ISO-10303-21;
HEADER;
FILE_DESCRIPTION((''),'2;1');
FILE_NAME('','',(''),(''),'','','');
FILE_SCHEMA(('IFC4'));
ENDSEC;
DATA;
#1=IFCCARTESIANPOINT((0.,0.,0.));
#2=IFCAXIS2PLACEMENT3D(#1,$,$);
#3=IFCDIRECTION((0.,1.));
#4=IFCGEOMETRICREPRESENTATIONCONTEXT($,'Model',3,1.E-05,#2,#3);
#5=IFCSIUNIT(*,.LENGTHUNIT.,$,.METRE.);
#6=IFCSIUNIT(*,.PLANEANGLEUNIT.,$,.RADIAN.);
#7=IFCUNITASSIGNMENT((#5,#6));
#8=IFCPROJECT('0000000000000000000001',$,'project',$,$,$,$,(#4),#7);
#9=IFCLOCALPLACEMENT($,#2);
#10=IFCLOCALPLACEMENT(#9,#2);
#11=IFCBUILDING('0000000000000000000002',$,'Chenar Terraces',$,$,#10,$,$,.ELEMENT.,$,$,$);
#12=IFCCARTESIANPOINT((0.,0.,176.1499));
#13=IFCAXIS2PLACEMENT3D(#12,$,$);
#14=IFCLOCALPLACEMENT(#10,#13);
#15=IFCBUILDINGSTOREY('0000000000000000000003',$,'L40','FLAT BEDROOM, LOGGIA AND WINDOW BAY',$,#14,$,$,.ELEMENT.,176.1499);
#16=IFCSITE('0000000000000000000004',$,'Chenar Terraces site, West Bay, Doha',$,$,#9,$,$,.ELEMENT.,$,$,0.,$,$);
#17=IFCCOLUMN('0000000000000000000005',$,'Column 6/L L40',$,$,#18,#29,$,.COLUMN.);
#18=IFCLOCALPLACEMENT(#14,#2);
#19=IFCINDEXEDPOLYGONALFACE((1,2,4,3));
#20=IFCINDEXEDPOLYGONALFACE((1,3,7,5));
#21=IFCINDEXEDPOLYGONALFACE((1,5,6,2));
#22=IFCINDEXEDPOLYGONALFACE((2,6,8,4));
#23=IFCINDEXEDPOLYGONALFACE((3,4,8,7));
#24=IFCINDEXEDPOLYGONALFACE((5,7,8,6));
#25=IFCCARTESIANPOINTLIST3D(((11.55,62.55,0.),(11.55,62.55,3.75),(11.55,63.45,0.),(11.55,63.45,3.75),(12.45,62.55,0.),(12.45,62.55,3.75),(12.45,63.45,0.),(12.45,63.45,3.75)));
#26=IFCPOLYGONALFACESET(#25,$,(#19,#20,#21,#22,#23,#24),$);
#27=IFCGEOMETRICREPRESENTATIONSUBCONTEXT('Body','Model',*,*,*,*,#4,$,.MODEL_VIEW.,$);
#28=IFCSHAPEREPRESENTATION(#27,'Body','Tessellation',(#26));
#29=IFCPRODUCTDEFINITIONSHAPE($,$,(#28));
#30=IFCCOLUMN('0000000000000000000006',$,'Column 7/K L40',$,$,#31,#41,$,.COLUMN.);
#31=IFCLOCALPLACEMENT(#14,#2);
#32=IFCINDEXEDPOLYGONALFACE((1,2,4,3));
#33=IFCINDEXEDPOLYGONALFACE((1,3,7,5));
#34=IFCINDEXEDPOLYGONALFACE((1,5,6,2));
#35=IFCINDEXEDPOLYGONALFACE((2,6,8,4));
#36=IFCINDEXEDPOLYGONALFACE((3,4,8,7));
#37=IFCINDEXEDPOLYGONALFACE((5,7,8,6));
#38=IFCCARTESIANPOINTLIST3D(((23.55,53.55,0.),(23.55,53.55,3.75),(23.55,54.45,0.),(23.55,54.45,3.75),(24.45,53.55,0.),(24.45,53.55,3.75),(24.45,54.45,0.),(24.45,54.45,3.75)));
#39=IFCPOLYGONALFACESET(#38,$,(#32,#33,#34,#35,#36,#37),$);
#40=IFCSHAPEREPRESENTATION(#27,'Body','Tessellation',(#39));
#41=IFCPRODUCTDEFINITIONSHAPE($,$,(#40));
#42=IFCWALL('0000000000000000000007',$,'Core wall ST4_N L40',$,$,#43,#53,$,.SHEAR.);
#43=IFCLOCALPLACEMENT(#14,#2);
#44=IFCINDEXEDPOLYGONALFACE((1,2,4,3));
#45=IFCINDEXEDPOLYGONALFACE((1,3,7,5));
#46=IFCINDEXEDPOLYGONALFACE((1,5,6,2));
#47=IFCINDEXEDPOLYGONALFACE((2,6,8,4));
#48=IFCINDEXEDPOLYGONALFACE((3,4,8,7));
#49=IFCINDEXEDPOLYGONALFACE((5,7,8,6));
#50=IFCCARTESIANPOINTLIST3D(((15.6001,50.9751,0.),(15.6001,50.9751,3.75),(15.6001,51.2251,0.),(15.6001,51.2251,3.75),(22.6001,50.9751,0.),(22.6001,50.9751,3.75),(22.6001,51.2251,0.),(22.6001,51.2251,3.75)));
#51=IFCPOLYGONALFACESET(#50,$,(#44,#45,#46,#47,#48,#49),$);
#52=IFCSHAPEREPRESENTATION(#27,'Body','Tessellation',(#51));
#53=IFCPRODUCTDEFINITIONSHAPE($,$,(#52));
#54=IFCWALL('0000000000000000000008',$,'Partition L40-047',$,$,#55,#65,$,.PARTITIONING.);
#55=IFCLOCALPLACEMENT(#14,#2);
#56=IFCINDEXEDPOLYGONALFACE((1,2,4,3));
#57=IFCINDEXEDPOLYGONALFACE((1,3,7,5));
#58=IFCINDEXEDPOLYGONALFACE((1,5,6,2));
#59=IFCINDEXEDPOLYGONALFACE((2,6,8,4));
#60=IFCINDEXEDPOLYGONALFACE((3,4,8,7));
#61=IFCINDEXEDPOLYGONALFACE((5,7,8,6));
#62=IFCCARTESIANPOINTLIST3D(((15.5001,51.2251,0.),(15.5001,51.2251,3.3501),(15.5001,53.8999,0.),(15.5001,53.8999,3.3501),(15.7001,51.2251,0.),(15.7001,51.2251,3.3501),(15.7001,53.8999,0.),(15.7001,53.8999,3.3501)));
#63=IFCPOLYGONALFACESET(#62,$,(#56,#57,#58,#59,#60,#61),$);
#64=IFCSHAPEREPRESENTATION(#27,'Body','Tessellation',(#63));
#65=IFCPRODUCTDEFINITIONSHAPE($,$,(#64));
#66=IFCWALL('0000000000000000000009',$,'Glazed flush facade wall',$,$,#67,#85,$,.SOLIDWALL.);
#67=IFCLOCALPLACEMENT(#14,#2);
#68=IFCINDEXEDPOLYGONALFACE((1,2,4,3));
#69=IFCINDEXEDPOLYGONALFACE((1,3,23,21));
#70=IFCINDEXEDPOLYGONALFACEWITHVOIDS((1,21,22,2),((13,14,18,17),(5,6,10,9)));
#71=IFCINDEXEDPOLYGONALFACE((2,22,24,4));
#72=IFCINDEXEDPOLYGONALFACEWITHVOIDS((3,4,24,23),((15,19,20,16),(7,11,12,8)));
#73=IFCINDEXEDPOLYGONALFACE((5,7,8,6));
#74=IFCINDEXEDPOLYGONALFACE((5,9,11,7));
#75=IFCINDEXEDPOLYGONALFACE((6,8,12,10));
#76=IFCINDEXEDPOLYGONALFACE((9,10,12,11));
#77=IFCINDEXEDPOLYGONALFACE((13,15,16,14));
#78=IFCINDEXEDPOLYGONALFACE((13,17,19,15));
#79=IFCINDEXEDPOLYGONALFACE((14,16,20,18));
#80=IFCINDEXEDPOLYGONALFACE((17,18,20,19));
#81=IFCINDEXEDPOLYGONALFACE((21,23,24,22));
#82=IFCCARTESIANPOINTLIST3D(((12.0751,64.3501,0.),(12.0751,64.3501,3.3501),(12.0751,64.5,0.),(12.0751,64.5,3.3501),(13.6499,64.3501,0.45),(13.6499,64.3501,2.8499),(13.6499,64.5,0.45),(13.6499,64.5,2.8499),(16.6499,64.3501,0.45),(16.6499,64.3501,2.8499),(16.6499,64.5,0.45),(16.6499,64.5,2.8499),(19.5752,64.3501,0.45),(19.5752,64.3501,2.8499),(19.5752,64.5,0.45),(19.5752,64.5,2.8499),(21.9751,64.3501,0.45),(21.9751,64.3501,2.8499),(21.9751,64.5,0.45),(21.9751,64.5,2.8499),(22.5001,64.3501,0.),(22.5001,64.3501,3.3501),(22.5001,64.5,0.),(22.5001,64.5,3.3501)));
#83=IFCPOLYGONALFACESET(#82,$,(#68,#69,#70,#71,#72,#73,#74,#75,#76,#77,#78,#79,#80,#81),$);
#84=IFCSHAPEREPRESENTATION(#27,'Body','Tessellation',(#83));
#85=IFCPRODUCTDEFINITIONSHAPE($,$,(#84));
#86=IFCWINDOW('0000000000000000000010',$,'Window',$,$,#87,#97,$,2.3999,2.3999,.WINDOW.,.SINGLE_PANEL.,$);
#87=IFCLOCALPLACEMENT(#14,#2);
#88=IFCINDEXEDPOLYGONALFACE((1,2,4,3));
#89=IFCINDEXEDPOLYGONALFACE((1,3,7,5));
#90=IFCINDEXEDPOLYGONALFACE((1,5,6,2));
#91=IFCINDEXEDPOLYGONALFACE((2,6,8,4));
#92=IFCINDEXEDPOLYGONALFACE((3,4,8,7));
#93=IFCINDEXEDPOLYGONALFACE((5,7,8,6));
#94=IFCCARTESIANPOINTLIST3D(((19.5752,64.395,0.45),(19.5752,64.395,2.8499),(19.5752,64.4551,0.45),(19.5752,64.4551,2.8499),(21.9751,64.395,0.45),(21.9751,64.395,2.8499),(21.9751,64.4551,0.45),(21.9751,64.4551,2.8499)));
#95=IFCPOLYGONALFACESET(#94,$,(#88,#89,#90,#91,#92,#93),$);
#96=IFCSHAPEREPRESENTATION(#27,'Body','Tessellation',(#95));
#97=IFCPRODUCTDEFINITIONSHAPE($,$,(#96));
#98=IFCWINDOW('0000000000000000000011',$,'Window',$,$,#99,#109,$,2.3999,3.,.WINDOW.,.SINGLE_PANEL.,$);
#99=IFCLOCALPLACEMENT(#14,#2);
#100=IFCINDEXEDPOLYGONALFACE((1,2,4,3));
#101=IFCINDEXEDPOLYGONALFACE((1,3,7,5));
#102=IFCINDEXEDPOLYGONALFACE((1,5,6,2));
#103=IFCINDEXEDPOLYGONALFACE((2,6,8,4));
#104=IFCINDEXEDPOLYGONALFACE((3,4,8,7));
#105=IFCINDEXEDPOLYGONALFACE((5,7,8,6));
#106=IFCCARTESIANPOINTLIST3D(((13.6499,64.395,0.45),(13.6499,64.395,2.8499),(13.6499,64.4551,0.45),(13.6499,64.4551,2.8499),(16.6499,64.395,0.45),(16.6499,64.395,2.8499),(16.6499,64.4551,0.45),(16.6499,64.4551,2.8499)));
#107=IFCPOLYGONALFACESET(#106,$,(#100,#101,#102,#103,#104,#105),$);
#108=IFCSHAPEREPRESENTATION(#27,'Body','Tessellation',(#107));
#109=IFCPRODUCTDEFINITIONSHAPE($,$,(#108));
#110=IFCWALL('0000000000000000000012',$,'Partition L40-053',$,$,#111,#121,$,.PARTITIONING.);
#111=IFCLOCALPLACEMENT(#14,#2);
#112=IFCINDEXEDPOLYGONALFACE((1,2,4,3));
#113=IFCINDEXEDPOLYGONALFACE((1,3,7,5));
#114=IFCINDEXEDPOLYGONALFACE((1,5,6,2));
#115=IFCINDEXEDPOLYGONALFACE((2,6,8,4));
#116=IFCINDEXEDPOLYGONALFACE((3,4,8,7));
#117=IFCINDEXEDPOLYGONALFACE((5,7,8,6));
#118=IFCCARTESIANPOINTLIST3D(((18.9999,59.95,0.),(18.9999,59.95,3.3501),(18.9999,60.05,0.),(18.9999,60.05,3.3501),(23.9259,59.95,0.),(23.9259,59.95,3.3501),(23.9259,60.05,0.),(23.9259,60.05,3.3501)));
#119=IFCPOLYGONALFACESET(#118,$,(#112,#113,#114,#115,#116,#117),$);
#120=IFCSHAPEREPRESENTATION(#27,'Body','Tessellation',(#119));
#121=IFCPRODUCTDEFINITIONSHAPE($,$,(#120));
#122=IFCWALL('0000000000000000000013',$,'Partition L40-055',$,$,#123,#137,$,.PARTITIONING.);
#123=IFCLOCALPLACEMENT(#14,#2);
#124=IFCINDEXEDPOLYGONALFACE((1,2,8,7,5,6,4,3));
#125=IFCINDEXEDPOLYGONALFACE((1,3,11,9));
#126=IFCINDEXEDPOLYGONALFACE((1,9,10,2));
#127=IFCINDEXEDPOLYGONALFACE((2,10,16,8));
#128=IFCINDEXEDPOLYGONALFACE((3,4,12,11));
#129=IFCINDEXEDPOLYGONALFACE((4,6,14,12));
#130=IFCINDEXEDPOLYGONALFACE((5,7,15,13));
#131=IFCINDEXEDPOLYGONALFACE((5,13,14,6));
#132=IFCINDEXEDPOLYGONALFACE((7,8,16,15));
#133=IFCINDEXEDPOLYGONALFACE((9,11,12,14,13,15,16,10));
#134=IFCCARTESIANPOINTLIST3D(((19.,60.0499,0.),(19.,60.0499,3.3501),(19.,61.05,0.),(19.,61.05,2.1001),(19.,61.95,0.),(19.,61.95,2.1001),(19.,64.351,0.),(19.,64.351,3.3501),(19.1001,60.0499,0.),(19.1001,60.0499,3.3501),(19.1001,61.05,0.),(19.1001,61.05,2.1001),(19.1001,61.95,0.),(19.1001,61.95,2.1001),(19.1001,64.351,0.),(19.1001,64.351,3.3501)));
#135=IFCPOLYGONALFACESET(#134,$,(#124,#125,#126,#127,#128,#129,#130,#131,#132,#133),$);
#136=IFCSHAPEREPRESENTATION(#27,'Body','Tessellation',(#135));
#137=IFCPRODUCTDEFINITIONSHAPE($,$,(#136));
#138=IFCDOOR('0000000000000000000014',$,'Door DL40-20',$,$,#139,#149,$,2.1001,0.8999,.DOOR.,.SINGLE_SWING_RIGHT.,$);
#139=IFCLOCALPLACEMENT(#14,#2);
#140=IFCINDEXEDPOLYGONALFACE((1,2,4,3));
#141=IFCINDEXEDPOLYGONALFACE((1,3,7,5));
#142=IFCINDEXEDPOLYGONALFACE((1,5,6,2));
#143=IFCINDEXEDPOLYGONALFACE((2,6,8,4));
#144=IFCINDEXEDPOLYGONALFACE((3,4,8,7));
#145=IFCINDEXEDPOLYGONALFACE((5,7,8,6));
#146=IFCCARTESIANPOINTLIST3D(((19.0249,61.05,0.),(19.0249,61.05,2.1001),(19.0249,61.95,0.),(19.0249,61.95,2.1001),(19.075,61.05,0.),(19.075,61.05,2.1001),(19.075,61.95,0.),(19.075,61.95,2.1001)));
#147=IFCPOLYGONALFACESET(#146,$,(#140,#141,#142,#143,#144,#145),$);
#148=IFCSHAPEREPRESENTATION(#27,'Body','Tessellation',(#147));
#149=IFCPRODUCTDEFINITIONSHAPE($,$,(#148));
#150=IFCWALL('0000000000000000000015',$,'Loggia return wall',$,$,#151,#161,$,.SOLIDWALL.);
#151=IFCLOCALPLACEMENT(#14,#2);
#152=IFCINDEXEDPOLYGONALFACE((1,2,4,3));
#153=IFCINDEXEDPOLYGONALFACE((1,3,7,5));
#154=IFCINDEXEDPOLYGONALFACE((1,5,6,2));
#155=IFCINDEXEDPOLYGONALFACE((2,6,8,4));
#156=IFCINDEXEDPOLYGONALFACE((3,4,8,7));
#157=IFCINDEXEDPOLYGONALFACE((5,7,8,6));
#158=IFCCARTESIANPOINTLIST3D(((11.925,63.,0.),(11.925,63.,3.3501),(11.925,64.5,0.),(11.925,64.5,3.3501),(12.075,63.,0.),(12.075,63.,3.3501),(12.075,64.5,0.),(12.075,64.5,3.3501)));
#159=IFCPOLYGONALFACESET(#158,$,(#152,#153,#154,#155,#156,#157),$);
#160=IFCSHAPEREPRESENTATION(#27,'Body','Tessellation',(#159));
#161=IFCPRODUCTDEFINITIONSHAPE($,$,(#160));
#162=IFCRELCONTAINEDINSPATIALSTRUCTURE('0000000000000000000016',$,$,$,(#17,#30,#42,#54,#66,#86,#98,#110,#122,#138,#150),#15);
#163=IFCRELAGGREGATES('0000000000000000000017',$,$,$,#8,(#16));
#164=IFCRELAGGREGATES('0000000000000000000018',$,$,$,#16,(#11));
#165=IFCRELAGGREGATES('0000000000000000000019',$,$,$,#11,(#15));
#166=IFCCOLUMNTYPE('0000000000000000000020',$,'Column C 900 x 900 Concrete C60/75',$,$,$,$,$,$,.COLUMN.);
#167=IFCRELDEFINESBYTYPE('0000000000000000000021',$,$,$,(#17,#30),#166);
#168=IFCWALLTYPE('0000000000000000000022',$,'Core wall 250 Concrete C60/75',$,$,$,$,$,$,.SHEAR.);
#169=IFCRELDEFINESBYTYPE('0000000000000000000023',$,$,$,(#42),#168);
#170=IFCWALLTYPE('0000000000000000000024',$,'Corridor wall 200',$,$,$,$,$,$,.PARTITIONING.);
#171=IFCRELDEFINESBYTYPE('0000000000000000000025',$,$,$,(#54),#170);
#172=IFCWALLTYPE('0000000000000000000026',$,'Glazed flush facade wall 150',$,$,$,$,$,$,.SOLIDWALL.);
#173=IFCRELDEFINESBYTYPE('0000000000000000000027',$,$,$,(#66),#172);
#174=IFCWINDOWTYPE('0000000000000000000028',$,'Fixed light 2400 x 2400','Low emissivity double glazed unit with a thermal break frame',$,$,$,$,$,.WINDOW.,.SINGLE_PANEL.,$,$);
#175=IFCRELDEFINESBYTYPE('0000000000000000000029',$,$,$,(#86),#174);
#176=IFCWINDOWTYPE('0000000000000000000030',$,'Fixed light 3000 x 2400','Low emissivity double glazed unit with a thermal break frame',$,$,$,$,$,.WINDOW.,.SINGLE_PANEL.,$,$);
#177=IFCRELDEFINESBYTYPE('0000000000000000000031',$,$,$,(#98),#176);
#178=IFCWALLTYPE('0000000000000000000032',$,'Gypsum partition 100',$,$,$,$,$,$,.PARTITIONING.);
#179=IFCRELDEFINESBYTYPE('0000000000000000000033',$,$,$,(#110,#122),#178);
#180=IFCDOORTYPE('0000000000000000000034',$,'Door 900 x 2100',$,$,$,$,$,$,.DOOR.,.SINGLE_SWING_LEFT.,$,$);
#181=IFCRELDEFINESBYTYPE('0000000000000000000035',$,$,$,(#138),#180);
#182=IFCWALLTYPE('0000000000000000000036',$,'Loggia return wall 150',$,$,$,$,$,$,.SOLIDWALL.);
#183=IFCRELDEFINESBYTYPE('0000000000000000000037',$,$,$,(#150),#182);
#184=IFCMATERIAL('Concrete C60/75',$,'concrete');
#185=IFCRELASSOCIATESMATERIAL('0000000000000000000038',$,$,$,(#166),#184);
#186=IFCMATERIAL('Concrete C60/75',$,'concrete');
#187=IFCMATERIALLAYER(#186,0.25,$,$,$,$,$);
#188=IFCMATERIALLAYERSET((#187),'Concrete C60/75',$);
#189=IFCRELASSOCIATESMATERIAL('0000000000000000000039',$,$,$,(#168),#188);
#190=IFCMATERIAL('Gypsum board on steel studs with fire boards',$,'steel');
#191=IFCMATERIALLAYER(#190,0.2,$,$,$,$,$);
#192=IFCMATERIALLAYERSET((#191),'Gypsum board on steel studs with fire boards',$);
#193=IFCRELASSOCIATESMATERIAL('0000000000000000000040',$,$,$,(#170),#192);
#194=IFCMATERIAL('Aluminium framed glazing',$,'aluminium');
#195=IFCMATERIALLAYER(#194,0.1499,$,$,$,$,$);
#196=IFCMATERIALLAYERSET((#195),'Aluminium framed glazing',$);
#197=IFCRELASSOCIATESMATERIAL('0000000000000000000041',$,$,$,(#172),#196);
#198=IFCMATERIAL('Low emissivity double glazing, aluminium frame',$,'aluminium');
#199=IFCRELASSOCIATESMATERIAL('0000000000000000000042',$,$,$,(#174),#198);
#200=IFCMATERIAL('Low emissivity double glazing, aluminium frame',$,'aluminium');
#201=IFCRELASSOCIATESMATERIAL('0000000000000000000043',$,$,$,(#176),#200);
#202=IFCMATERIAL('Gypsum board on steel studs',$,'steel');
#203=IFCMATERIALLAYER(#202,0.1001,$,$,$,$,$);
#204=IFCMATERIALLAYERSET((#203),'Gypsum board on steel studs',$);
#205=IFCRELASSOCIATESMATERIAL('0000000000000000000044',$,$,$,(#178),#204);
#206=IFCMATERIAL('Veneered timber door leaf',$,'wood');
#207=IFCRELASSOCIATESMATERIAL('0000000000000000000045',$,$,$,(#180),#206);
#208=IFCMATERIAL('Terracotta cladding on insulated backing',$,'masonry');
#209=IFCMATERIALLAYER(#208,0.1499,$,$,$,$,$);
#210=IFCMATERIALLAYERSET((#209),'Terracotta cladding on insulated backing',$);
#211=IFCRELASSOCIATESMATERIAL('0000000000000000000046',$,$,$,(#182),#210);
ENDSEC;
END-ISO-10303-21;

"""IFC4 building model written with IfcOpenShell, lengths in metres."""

from ifc_helpers import new_model, si_unit, direction, frame, frame_2d, origin, origin_2d, place, context, subcontext, project, spatial, rectangle, extrude, material, layer, layer_set, material_profile, profile_set, type_object, element, fill, save


model = new_model("IFC4")

# Units and contexts
model_context = context("Model", 3, precision=1e-05, world=origin(), true_north=direction((0.0, 1.0)))
body_context = subcontext(model_context, "Body", "Model", "MODEL_VIEW")
ifc_project = project(units=[si_unit("LENGTHUNIT", "METRE"), si_unit("PLANEANGLEUNIT", "RADIAN")], contexts=[model_context])

# Site, building, storey
site_placement = place(None, origin())
site = spatial("IfcSite", under=ifc_project, at=site_placement, Name="Chenar Terraces site, West Bay, Doha", CompositionType="ELEMENT", RefElevation=0.0)
building_placement = place(site_placement, origin())
building = spatial("IfcBuilding", under=site, at=building_placement, Name="Chenar Terraces", CompositionType="ELEMENT")
storey_placement = place(building_placement, frame((0.0, 0.0, 176.1499)))
storey = spatial("IfcBuildingStorey", under=building, at=storey_placement, Name="L40", Description="FLAT BEDROOM, LOGGIA AND WINDOW BAY", CompositionType="ELEMENT", Elevation=176.1499)

# Columns
ifc_material_1 = material(Name="Concrete C60/75", Category="concrete")
ifc_material_profile = material_profile(ifc_material_1, rectangle(XDim=0.8999, YDim=0.8999, at=origin_2d()), Name="C 900 x 900")
ifc_profile_set = profile_set([ifc_material_profile], Name="Concrete C60/75")
column_type = type_object("IfcColumnType", Name="Column C 900 x 900 Concrete C60/75", PredefinedType="COLUMN", material=ifc_profile_set)
for number, where, z_axis, x_axis, name in (
    (1, (12.0, 63.0, 0.0), (0.0, 0.0, 1.0), (1.0, 0.0, 0.0), "Column 6/L L40"),
    (2, (24.0, 54.0, 0.0), (0.0, 0.0, 1.0), (1.0, 0.0, 0.0), "Column 7/K L40"),
):
    element("IfcColumn", number, at=place(storey_placement, frame(where, z_axis=z_axis, x_axis=x_axis)), inside=storey, type_object=column_type, Name=name, PredefinedType="COLUMN", context=body_context, shape_type="SweptSolid", body=[
        extrude(rectangle(XDim=0.8999, YDim=0.8999, at=origin_2d()), origin(), (0.0, 0.0, 1.0), 3.75),
    ])

# Walls
ifc_material_2 = material(Name="Concrete C60/75", Category="concrete")
ifc_layer_1 = layer(ifc_material_2, 0.25)
ifc_layer_set_1 = layer_set([ifc_layer_1], Name="Concrete C60/75")
wall_type_1 = type_object("IfcWallType", Name="Core wall 250 Concrete C60/75", PredefinedType="SHEAR", material=ifc_layer_set_1)
wall_1_placement = place(storey_placement, frame((15.6001, 51.1001, 0.0), z_axis=(0.0, 0.0, 1.0), x_axis=(1.0, 0.0, 0.0)))
element("IfcWall", 3, at=wall_1_placement, inside=storey, type_object=wall_type_1, Name="Core wall ST4_N L40", PredefinedType="SHEAR", context=body_context, shape_type="SweptSolid", body=[
    extrude(rectangle(XDim=7.0, YDim=0.25, at=frame_2d((3.5, 0.0))), origin(), (0.0, 0.0, 1.0), 3.75),
])
ifc_material_3 = material(Name="Gypsum board on steel studs with fire boards", Category="steel")
ifc_layer_2 = layer(ifc_material_3, 0.2)
ifc_layer_set_2 = layer_set([ifc_layer_2], Name="Gypsum board on steel studs with fire boards")
wall_type_2 = type_object("IfcWallType", Name="Corridor wall 200", PredefinedType="PARTITIONING", material=ifc_layer_set_2)
wall_2_placement = place(storey_placement, frame((15.6001, 51.2251, 0.0), z_axis=(0.0, 0.0, 1.0), x_axis=(0.0, 1.0, 0.0)))
element("IfcWall", 4, at=wall_2_placement, inside=storey, type_object=wall_type_2, Name="Partition L40-047", PredefinedType="PARTITIONING", context=body_context, shape_type="SweptSolid", body=[
    extrude(rectangle(XDim=2.6748, YDim=0.2, at=frame_2d((1.3374, 0.0))), origin(), (0.0, 0.0, 1.0), 3.3501),
])

# Wall, openings, windows
ifc_material_4 = material(Name="Aluminium framed glazing", Category="aluminium")
ifc_layer_3 = layer(ifc_material_4, 0.1499)
ifc_layer_set_3 = layer_set([ifc_layer_3], Name="Aluminium framed glazing")
wall_type_3 = type_object("IfcWallType", Name="Glazed flush facade wall 150", PredefinedType="SOLIDWALL", material=ifc_layer_set_3)
wall_3_placement = place(storey_placement, frame((22.5, 64.425, 0.0), z_axis=(0.0, 0.0, 1.0), x_axis=(-1.0, 0.0, 0.0)))
wall_3 = element("IfcWall", 5, at=wall_3_placement, inside=storey, type_object=wall_type_3, Name="Glazed flush facade wall", PredefinedType="SOLIDWALL", context=body_context, shape_type="SweptSolid", body=[
    extrude(rectangle(XDim=10.425, YDim=0.1499, at=frame_2d((5.2124, 0.0))), origin(), (0.0, 0.0, 1.0), 3.3501),
])
opening_1_placement = place(wall_3_placement, frame((0.5249, 0.0, 0.45)))
opening_1 = element("IfcOpeningElement", 6, at=opening_1_placement, cuts=wall_3, PredefinedType="OPENING", context=body_context, shape_type="SweptSolid", body=[
    extrude(rectangle(XDim=2.3999, YDim=2.3999, at=frame_2d((1.2, 1.2))), frame((0.0, 0.085, 0.0), z_axis=(0.0, -1.0, 0.0), x_axis=(1.0, 0.0, 0.0)), (0.0, 0.0, 1.0), 0.1699),
])
opening_2_placement = place(wall_3_placement, frame((5.8501, 0.0, 0.45)))
opening_2 = element("IfcOpeningElement", 7, at=opening_2_placement, cuts=wall_3, PredefinedType="OPENING", context=body_context, shape_type="SweptSolid", body=[
    extrude(rectangle(XDim=3.0, YDim=2.3999, at=frame_2d((1.5, 1.2))), frame((0.0, 0.085, 0.0), z_axis=(0.0, -1.0, 0.0), x_axis=(1.0, 0.0, 0.0)), (0.0, 0.0, 1.0), 0.1699),
])
ifc_material_5 = material(Name="Low emissivity double glazing, aluminium frame", Category="aluminium")
window_type_1 = type_object("IfcWindowType", Name="Fixed light 2400 x 2400", Description="Low emissivity double glazed unit with a thermal break frame", PartitioningType="SINGLE_PANEL", PredefinedType="WINDOW", material=ifc_material_5)
window_1_placement = place(opening_1_placement, origin())
window_1 = element("IfcWindow", 8, at=window_1_placement, inside=storey, type_object=window_type_1, Name="Window", OverallHeight=2.3999, OverallWidth=2.3999, PartitioningType="SINGLE_PANEL", PredefinedType="WINDOW", context=body_context, shape_type="SweptSolid", body=[
    extrude(rectangle(XDim=2.3999, YDim=2.3999, at=frame_2d((1.2, 1.2))), frame((0.0, 0.03, 0.0), z_axis=(0.0, -1.0, 0.0), x_axis=(1.0, 0.0, 0.0)), (0.0, 0.0, 1.0), 0.0601),
])
fill(opening_1, window_1)
ifc_material_6 = material(Name="Low emissivity double glazing, aluminium frame", Category="aluminium")
window_type_2 = type_object("IfcWindowType", Name="Fixed light 3000 x 2400", Description="Low emissivity double glazed unit with a thermal break frame", PartitioningType="SINGLE_PANEL", PredefinedType="WINDOW", material=ifc_material_6)
window_2_placement = place(opening_2_placement, origin())
window_2 = element("IfcWindow", 9, at=window_2_placement, inside=storey, type_object=window_type_2, Name="Window", OverallHeight=2.3999, OverallWidth=3.0, PartitioningType="SINGLE_PANEL", PredefinedType="WINDOW", context=body_context, shape_type="SweptSolid", body=[
    extrude(rectangle(XDim=3.0, YDim=2.3999, at=frame_2d((1.5, 1.2))), frame((0.0, 0.03, 0.0), z_axis=(0.0, -1.0, 0.0), x_axis=(1.0, 0.0, 0.0)), (0.0, 0.0, 1.0), 0.0601),
])
fill(opening_2, window_2)

# Wall
ifc_material_7 = material(Name="Gypsum board on steel studs", Category="steel")
ifc_layer_4 = layer(ifc_material_7, 0.1001)
ifc_layer_set_4 = layer_set([ifc_layer_4], Name="Gypsum board on steel studs")
wall_type_4 = type_object("IfcWallType", Name="Gypsum partition 100", PredefinedType="PARTITIONING", material=ifc_layer_set_4)
wall_4_placement = place(storey_placement, frame((19.0, 60.0, 0.0), z_axis=(0.0, 0.0, 1.0), x_axis=(1.0, 0.0, 0.0)))
element("IfcWall", 10, at=wall_4_placement, inside=storey, type_object=wall_type_4, Name="Partition L40-053", PredefinedType="PARTITIONING", context=body_context, shape_type="SweptSolid", body=[
    extrude(rectangle(XDim=4.926, YDim=0.1001, at=frame_2d((2.4629, 0.0))), origin(), (0.0, 0.0, 1.0), 3.3501),
])

# Wall, opening, door
wall_5_placement = place(storey_placement, frame((19.05, 60.05, 0.0), z_axis=(0.0, 0.0, 1.0), x_axis=(0.0, 1.0, 0.0)))
wall_5 = element("IfcWall", 11, at=wall_5_placement, inside=storey, type_object=wall_type_4, Name="Partition L40-055", PredefinedType="PARTITIONING", context=body_context, shape_type="SweptSolid", body=[
    extrude(rectangle(XDim=4.301, YDim=0.1001, at=frame_2d((2.1504, 0.0))), origin(), (0.0, 0.0, 1.0), 3.3501),
])
opening_3_placement = place(wall_5_placement, frame((1.0, 0.0, 0.0)))
opening_3 = element("IfcOpeningElement", 12, at=opening_3_placement, cuts=wall_5, PredefinedType="OPENING", context=body_context, shape_type="SweptSolid", body=[
    extrude(rectangle(XDim=0.8999, YDim=2.1001, at=frame_2d((0.45, 1.05))), frame((0.0, 0.0601, 0.0), z_axis=(0.0, -1.0, 0.0), x_axis=(1.0, 0.0, 0.0)), (0.0, 0.0, 1.0), 0.1201),
])
ifc_material_8 = material(Name="Veneered timber door leaf", Category="wood")
door_type_1 = type_object("IfcDoorType", Name="Door 900 x 2100", OperationType="SINGLE_SWING_LEFT", PredefinedType="DOOR", material=ifc_material_8)
door_1_placement = place(opening_3_placement, frame((0.8999, 0.0, 0.0), z_axis=(0.0, 0.0, 1.0), x_axis=(-1.0, 0.0, 0.0)))
door_1 = element("IfcDoor", 13, at=door_1_placement, inside=storey, type_object=door_type_1, Name="Door DL40-20", OperationType="SINGLE_SWING_RIGHT", OverallHeight=2.1001, OverallWidth=0.8999, PredefinedType="DOOR", context=body_context, shape_type="SweptSolid", body=[
    extrude(rectangle(XDim=0.8999, YDim=2.1001, at=frame_2d((0.45, 1.05))), frame((0.0, 0.0249, 0.0), z_axis=(0.0, -1.0, 0.0), x_axis=(1.0, 0.0, 0.0)), (0.0, 0.0, 1.0), 0.05),
])
fill(opening_3, door_1)

# Wall
ifc_material_9 = material(Name="Terracotta cladding on insulated backing", Category="masonry")
ifc_layer_5 = layer(ifc_material_9, 0.1499)
ifc_layer_set_5 = layer_set([ifc_layer_5], Name="Terracotta cladding on insulated backing")
wall_type_5 = type_object("IfcWallType", Name="Loggia return wall 150", PredefinedType="SOLIDWALL", material=ifc_layer_set_5)
wall_6_placement = place(storey_placement, frame((12.0, 64.5, 0.0), z_axis=(0.0, 0.0, 1.0), x_axis=(0.0, -1.0, 0.0)))
element("IfcWall", 14, at=wall_6_placement, inside=storey, type_object=wall_type_5, Name="Loggia return wall", PredefinedType="SOLIDWALL", context=body_context, shape_type="SweptSolid", body=[
    extrude(rectangle(XDim=1.5, YDim=0.1499, at=frame_2d((0.75, 0.0))), origin(), (0.0, 0.0, 1.0), 3.3501),
])

save(model, "model.ifc")
